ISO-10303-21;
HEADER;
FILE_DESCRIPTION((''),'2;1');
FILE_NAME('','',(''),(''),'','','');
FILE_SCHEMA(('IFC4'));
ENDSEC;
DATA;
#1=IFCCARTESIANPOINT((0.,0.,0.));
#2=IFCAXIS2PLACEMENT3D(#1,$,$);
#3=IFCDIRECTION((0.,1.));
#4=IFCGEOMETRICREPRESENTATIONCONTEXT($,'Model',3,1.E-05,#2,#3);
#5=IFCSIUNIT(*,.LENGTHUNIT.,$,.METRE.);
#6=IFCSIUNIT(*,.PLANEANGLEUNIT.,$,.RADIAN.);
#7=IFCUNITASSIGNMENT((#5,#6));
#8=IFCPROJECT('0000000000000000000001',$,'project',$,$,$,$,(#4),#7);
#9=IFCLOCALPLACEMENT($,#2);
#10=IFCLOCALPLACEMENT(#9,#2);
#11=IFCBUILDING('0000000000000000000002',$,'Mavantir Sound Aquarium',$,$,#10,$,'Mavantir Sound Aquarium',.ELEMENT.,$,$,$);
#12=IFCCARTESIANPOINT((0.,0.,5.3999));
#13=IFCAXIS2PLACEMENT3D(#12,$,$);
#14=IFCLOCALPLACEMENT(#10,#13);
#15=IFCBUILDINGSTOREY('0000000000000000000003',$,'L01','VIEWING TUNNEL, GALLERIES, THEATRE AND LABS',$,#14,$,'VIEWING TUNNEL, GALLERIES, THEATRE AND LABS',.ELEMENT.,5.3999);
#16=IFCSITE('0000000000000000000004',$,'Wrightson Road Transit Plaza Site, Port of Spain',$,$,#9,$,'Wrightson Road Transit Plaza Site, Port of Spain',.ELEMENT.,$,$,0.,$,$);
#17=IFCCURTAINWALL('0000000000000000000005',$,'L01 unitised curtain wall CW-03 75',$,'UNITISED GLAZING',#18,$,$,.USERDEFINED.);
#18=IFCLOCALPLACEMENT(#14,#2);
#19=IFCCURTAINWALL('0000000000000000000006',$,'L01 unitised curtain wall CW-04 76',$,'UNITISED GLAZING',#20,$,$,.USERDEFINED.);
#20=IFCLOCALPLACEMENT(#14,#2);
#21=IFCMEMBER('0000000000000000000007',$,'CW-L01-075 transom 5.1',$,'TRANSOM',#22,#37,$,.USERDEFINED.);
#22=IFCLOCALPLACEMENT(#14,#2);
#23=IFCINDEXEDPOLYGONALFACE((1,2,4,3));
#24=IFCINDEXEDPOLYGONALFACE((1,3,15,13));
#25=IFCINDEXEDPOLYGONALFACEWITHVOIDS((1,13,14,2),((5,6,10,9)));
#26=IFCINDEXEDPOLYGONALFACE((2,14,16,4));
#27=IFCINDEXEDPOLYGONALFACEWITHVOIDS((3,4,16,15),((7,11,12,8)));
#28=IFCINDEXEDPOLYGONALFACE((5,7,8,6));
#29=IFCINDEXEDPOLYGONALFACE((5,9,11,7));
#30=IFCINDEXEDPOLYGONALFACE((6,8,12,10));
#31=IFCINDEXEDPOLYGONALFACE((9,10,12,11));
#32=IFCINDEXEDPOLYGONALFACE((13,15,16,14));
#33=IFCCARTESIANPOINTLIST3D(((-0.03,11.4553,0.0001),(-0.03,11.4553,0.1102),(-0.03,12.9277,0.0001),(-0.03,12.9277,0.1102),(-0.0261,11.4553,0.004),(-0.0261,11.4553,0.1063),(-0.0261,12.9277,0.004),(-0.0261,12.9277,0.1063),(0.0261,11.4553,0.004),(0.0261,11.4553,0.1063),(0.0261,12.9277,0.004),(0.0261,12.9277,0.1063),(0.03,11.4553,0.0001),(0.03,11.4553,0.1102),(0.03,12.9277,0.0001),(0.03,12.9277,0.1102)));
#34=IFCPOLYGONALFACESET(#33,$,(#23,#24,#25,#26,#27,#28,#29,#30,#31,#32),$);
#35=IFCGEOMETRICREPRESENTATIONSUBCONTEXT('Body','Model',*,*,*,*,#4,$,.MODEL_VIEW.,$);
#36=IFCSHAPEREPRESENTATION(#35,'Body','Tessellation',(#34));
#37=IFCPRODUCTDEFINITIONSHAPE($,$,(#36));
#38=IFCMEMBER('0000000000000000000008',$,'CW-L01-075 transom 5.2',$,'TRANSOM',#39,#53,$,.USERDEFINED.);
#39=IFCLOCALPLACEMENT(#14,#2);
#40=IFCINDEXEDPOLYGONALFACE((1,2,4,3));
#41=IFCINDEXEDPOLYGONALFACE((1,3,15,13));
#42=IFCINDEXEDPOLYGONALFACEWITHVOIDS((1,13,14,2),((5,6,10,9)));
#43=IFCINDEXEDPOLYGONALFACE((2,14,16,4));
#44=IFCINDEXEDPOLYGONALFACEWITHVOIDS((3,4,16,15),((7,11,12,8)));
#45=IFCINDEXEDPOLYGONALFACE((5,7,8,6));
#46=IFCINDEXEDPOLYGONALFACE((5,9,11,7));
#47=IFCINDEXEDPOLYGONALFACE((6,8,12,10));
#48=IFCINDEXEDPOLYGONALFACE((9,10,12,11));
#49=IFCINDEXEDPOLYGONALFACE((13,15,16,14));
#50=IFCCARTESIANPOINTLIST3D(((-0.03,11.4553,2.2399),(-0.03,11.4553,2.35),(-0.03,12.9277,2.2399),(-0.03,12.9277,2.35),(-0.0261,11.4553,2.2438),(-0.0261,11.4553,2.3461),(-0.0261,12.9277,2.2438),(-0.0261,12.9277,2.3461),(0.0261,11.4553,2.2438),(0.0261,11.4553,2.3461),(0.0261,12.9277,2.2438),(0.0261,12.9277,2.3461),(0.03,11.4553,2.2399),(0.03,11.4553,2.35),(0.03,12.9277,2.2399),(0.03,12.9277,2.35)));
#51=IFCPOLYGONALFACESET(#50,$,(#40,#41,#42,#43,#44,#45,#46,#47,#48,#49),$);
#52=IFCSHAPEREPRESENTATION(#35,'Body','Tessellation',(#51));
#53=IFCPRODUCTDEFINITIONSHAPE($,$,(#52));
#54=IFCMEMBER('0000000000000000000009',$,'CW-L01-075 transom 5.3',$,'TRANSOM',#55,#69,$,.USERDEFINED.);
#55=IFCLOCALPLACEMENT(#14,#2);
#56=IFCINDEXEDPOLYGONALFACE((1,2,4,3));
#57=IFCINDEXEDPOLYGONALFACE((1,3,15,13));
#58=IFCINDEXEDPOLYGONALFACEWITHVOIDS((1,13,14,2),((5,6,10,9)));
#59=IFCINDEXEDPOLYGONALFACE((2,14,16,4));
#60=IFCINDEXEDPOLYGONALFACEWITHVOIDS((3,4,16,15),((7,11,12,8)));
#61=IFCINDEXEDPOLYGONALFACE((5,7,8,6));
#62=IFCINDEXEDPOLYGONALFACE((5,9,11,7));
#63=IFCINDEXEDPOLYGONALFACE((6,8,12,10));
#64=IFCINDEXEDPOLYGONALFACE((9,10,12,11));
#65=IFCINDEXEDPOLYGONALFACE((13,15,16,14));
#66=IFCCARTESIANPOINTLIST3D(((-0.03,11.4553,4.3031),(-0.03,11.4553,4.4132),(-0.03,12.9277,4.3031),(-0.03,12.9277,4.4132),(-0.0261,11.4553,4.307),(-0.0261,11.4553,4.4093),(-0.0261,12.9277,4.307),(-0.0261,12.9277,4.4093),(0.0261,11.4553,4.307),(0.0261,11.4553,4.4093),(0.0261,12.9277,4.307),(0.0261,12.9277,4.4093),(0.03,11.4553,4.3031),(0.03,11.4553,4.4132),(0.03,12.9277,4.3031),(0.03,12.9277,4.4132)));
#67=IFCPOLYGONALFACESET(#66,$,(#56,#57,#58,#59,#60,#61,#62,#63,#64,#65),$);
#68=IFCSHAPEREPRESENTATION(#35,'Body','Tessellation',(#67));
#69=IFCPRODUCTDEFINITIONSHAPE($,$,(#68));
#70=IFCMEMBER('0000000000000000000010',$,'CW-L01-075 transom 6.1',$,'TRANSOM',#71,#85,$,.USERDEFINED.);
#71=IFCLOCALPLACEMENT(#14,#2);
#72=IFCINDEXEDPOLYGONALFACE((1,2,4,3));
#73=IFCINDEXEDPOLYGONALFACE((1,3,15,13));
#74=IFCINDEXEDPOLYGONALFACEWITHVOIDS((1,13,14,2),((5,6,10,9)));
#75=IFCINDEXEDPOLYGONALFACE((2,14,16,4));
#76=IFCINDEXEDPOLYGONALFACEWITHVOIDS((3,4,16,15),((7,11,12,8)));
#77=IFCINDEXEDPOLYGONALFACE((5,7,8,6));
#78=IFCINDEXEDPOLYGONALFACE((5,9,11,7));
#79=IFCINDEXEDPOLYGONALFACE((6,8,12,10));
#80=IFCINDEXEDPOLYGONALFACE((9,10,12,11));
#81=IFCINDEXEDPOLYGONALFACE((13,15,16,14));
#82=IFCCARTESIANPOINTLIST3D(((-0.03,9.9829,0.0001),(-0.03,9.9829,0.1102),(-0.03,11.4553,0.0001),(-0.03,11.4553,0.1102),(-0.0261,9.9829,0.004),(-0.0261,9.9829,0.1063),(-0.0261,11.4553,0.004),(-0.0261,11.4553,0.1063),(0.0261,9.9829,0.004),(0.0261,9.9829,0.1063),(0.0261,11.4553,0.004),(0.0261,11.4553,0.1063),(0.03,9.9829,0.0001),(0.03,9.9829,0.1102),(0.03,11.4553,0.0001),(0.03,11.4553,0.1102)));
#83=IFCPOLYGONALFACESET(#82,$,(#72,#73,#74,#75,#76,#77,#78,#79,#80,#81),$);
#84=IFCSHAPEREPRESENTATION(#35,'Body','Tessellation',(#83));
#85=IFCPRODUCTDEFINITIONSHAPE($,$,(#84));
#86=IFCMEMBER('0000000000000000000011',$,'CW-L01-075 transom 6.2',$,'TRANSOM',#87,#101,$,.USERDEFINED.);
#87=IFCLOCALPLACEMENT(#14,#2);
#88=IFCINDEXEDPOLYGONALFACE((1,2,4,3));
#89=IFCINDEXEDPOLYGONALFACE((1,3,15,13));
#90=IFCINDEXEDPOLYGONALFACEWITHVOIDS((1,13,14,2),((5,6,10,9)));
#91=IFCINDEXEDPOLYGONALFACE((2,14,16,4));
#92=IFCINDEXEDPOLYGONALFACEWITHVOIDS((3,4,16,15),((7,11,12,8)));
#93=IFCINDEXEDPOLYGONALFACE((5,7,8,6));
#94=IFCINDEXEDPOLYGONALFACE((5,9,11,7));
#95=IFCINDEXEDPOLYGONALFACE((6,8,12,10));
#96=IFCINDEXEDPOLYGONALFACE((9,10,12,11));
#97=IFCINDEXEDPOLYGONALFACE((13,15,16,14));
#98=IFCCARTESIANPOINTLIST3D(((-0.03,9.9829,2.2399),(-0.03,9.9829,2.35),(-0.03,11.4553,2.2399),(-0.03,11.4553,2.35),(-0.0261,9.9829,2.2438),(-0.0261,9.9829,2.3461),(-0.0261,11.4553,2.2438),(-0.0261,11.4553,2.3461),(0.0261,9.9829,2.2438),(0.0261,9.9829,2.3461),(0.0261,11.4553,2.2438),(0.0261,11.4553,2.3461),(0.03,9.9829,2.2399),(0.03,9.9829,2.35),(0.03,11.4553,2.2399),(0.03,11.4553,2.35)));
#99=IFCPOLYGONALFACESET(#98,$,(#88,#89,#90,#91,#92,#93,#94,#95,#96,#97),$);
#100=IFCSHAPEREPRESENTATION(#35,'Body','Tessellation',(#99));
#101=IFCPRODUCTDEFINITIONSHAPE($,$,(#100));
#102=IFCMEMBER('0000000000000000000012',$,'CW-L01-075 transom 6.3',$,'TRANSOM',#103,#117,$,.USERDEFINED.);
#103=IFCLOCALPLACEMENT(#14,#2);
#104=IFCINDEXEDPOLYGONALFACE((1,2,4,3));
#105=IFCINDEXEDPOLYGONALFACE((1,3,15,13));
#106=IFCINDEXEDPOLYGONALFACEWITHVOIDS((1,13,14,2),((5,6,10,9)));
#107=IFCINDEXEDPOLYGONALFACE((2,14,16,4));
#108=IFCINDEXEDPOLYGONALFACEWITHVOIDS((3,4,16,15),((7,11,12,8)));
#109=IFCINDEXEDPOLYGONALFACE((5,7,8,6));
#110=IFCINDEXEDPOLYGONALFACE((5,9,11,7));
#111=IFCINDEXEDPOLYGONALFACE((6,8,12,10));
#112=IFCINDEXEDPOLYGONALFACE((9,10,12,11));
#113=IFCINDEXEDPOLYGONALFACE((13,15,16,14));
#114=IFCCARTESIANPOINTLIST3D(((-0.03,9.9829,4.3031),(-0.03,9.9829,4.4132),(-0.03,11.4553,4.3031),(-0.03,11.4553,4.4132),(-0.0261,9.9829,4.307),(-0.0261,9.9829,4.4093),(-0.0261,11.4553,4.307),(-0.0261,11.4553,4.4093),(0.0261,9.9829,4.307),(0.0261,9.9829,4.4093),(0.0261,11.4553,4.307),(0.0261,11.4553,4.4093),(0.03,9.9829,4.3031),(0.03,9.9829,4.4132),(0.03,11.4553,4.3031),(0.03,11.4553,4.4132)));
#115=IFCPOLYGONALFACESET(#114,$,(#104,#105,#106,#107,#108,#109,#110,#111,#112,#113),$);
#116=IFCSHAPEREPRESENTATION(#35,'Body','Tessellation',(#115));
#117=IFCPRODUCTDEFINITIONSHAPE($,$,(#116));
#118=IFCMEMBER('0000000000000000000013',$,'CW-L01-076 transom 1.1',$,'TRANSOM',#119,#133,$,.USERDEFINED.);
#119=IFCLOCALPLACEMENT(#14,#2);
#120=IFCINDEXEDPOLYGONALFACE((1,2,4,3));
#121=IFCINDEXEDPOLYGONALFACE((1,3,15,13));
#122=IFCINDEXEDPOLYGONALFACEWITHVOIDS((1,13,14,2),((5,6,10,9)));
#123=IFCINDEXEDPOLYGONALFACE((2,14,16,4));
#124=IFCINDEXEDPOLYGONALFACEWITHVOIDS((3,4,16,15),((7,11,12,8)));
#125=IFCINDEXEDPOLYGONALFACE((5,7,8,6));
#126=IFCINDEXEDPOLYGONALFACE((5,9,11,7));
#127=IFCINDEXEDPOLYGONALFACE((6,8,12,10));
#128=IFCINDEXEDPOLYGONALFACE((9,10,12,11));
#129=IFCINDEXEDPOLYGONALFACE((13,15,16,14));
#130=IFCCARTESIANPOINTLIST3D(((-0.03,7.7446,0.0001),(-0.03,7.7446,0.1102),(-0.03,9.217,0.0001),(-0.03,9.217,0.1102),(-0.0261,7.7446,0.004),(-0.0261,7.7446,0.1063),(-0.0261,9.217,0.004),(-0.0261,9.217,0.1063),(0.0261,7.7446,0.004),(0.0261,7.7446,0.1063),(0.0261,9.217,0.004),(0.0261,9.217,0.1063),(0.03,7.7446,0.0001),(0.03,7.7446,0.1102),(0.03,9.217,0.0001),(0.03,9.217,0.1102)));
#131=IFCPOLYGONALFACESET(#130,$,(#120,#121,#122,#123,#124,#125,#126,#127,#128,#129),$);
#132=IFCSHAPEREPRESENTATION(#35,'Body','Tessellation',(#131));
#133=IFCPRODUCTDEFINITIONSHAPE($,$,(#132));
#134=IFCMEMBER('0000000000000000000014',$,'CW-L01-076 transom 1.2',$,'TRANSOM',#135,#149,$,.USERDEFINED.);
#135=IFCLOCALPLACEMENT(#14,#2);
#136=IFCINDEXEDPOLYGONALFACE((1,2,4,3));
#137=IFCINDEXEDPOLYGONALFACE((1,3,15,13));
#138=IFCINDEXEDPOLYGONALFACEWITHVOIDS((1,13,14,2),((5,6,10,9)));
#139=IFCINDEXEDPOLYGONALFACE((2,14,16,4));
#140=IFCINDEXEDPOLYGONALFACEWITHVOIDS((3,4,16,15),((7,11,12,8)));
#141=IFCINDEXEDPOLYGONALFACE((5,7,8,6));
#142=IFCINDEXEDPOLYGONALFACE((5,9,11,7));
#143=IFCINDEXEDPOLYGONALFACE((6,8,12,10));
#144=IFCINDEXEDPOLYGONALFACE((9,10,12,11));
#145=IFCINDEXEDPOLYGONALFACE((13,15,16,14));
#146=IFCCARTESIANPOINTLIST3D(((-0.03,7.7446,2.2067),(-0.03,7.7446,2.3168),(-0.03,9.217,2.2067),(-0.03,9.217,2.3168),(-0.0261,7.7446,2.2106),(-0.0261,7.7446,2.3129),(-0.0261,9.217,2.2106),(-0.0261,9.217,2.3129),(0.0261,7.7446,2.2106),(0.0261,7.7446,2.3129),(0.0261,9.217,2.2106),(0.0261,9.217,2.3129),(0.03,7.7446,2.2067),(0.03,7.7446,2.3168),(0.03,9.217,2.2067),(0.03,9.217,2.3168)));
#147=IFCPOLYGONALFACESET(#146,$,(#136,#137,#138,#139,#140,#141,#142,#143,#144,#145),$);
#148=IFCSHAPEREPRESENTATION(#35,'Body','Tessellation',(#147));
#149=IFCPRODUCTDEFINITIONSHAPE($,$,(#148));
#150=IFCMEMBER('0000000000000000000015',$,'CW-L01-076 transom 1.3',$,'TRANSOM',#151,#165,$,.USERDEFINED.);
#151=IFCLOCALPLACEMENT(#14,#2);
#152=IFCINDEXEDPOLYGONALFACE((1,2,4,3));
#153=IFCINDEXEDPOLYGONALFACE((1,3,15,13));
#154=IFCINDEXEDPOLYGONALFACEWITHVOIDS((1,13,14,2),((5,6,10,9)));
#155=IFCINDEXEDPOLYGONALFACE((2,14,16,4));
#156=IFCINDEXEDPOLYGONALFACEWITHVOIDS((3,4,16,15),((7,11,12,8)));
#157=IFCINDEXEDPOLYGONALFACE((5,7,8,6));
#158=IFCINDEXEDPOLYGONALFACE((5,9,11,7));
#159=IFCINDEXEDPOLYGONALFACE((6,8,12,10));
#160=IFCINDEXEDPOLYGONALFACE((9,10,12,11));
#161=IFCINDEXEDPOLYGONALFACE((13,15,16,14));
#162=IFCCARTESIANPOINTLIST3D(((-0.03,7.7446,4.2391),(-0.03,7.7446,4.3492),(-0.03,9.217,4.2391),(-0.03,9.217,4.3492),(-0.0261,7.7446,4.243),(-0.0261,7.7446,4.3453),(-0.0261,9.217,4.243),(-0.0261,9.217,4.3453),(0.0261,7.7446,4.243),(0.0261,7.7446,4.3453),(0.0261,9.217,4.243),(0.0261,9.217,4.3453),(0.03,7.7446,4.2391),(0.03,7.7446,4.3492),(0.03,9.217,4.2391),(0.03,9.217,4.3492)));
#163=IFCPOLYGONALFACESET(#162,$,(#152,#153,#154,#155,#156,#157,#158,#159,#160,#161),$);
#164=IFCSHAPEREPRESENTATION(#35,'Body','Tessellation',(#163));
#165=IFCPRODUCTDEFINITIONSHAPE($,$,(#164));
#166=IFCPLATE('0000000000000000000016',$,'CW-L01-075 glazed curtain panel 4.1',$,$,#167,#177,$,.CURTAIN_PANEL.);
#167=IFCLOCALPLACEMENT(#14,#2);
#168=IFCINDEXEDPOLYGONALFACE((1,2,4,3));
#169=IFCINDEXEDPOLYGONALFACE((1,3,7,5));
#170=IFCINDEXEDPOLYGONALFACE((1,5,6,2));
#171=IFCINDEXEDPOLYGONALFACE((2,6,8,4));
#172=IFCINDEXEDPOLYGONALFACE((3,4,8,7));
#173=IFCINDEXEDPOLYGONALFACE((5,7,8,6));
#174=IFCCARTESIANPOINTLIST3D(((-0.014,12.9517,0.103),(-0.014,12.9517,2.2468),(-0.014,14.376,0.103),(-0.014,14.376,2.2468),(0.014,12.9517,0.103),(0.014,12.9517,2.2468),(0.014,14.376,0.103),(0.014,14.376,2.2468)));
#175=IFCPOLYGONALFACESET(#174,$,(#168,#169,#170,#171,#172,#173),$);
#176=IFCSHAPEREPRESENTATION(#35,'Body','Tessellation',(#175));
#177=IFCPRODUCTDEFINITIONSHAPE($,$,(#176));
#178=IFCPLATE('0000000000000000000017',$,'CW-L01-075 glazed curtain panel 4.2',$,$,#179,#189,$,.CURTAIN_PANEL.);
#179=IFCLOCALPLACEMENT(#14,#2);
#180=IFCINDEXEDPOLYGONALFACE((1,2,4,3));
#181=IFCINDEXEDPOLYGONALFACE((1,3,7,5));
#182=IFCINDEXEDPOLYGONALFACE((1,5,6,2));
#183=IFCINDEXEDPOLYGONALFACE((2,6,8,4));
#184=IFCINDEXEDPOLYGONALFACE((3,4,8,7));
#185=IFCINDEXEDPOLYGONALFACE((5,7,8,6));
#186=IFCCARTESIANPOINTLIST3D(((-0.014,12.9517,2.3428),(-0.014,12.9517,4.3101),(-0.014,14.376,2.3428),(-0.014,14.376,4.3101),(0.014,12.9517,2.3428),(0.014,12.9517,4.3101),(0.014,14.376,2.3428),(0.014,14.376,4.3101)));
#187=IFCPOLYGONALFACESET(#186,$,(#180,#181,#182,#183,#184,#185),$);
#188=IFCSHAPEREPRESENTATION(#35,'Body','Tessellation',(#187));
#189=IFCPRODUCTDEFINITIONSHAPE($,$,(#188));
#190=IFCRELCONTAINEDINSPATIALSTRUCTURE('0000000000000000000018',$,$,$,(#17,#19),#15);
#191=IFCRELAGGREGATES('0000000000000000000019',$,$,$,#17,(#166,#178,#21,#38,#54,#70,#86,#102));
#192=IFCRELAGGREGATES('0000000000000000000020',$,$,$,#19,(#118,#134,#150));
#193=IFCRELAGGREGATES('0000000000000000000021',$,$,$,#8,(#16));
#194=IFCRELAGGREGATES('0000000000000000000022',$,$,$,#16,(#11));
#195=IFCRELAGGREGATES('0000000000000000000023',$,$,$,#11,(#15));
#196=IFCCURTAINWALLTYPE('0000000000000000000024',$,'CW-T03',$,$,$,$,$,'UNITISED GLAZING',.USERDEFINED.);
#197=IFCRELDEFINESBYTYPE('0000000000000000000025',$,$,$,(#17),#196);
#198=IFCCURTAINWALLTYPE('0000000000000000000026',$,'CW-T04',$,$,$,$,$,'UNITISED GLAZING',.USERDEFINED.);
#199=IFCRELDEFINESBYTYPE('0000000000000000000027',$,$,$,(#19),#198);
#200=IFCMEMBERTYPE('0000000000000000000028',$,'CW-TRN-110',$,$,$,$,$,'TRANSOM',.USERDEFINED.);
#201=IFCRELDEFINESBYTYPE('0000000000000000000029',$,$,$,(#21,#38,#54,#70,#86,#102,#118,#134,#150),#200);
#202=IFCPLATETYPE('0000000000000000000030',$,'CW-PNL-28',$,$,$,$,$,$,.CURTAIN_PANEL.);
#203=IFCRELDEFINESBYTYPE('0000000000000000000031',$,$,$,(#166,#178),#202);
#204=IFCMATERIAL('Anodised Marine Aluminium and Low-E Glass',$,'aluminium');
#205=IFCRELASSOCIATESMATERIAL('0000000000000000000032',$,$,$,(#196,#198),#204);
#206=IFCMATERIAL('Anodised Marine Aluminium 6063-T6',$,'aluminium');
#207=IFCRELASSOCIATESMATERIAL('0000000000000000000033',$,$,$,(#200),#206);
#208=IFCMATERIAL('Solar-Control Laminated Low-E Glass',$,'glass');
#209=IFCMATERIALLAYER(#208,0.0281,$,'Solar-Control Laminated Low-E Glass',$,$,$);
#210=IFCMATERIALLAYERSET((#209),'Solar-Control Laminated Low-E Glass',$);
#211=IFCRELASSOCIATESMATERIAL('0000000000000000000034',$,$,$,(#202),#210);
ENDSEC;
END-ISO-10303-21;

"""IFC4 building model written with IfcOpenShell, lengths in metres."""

from ifc_helpers import new_model, si_unit, direction, frame, origin, origin_2d, place, context, subcontext, project, spatial, rectangle, hollow_rectangle, extrude, material, layer, layer_set, material_profile, profile_set, type_object, element, aggregate, save


model = new_model("IFC4")

# Units and contexts
model_context = context("Model", 3, precision=1e-05, world=origin(), true_north=direction((0.0, 1.0)))
body_context = subcontext(model_context, "Body", "Model", "MODEL_VIEW")
ifc_project = project(units=[si_unit("LENGTHUNIT", "METRE"), si_unit("PLANEANGLEUNIT", "RADIAN")], contexts=[model_context])

# Site, building, storey
site_placement = place(None, origin())
site = spatial("IfcSite", under=ifc_project, at=site_placement, Name="Wrightson Road Transit Plaza Site, Port of Spain", LongName="Wrightson Road Transit Plaza Site, Port of Spain", CompositionType="ELEMENT", RefElevation=0.0)
building_placement = place(site_placement, origin())
building = spatial("IfcBuilding", under=site, at=building_placement, Name="Mavantir Sound Aquarium", LongName="Mavantir Sound Aquarium", CompositionType="ELEMENT")
storey_placement = place(building_placement, frame((0.0, 0.0, 5.3999)))
storey = spatial("IfcBuildingStorey", under=building, at=storey_placement, Name="L01", Description="VIEWING TUNNEL, GALLERIES, THEATRE AND LABS", LongName="VIEWING TUNNEL, GALLERIES, THEATRE AND LABS", CompositionType="ELEMENT", Elevation=5.3999)

# Curtain wall
ifc_material_1 = material(Name="Anodised Marine Aluminium and Low-E Glass", Category="aluminium")
curtain_wall_type_1 = type_object("IfcCurtainWallType", Name="CW-T03", ElementType="UNITISED GLAZING", PredefinedType="USERDEFINED", material=ifc_material_1)
curtain_wall_1_placement = place(storey_placement, origin())
curtain_wall_1 = element("IfcCurtainWall", 1, at=curtain_wall_1_placement, inside=storey, type_object=curtain_wall_type_1, Name="L01 unitised curtain wall CW-03 75", ObjectType="UNITISED GLAZING", PredefinedType="USERDEFINED")
ifc_material_2 = material(Name="Anodised Marine Aluminium 6063-T6", Category="aluminium")

# Curtain wall
curtain_wall_type_2 = type_object("IfcCurtainWallType", Name="CW-T04", ElementType="UNITISED GLAZING", PredefinedType="USERDEFINED", material=ifc_material_1)
curtain_wall_2_placement = place(storey_placement, origin())
curtain_wall_2 = element("IfcCurtainWall", 2, at=curtain_wall_2_placement, inside=storey, type_object=curtain_wall_type_2, Name="L01 unitised curtain wall CW-04 76", ObjectType="UNITISED GLAZING", PredefinedType="USERDEFINED")

# Members
ifc_material_profile_1 = material_profile(ifc_material_2, hollow_rectangle(XDim=0.0601, YDim=0.1101, WallThickness=0.0039, at=origin_2d()), Name="ALU-TRANSOM-110X60")
ifc_profile_set_1 = profile_set([ifc_material_profile_1], Name="Anodised Marine Aluminium 6063-T6")
member_type_1 = type_object("IfcMemberType", Name="CW-TRN-110", ElementType="TRANSOM", PredefinedType="USERDEFINED", material=ifc_profile_set_1)
member_1_placement = place(storey_placement, frame((0.0, 12.9277, 0.0552), z_axis=(0.0, -1.0, 0.0), x_axis=(1.0, 0.0, 0.0)))
member_1 = element("IfcMember", 3, at=member_1_placement, type_object=member_type_1, Name="CW-L01-075 transom 5.1", ObjectType="TRANSOM", PredefinedType="USERDEFINED", context=body_context, shape_type="SweptSolid", body=[
    extrude(hollow_rectangle(XDim=0.0601, YDim=0.1101, WallThickness=0.0039, at=origin_2d()), origin(), (0.0, 0.0, 1.0), 1.4724),
])
member_2_placement = place(storey_placement, frame((0.0, 12.9277, 2.2949), z_axis=(0.0, -1.0, 0.0), x_axis=(1.0, 0.0, 0.0)))
member_2 = element("IfcMember", 4, at=member_2_placement, type_object=member_type_1, Name="CW-L01-075 transom 5.2", ObjectType="TRANSOM", PredefinedType="USERDEFINED", context=body_context, shape_type="SweptSolid", body=[
    extrude(hollow_rectangle(XDim=0.0601, YDim=0.1101, WallThickness=0.0039, at=origin_2d()), origin(), (0.0, 0.0, 1.0), 1.4724),
])
member_3_placement = place(storey_placement, frame((0.0, 12.9277, 4.3582), z_axis=(0.0, -1.0, 0.0), x_axis=(1.0, 0.0, 0.0)))
member_3 = element("IfcMember", 5, at=member_3_placement, type_object=member_type_1, Name="CW-L01-075 transom 5.3", ObjectType="TRANSOM", PredefinedType="USERDEFINED", context=body_context, shape_type="SweptSolid", body=[
    extrude(hollow_rectangle(XDim=0.0601, YDim=0.1101, WallThickness=0.0039, at=origin_2d()), origin(), (0.0, 0.0, 1.0), 1.4724),
])
member_4_placement = place(storey_placement, frame((0.0, 11.4553, 0.0552), z_axis=(0.0, -1.0, 0.0), x_axis=(1.0, 0.0, 0.0)))
member_4 = element("IfcMember", 6, at=member_4_placement, type_object=member_type_1, Name="CW-L01-075 transom 6.1", ObjectType="TRANSOM", PredefinedType="USERDEFINED", context=body_context, shape_type="SweptSolid", body=[
    extrude(hollow_rectangle(XDim=0.0601, YDim=0.1101, WallThickness=0.0039, at=origin_2d()), origin(), (0.0, 0.0, 1.0), 1.4724),
])
member_5_placement = place(storey_placement, frame((0.0, 11.4553, 2.2949), z_axis=(0.0, -1.0, 0.0), x_axis=(1.0, 0.0, 0.0)))
member_5 = element("IfcMember", 7, at=member_5_placement, type_object=member_type_1, Name="CW-L01-075 transom 6.2", ObjectType="TRANSOM", PredefinedType="USERDEFINED", context=body_context, shape_type="SweptSolid", body=[
    extrude(hollow_rectangle(XDim=0.0601, YDim=0.1101, WallThickness=0.0039, at=origin_2d()), origin(), (0.0, 0.0, 1.0), 1.4724),
])
member_6_placement = place(storey_placement, frame((0.0, 11.4553, 4.3582), z_axis=(0.0, -1.0, 0.0), x_axis=(1.0, 0.0, 0.0)))
member_6 = element("IfcMember", 8, at=member_6_placement, type_object=member_type_1, Name="CW-L01-075 transom 6.3", ObjectType="TRANSOM", PredefinedType="USERDEFINED", context=body_context, shape_type="SweptSolid", body=[
    extrude(hollow_rectangle(XDim=0.0601, YDim=0.1101, WallThickness=0.0039, at=origin_2d()), origin(), (0.0, 0.0, 1.0), 1.4724),
])
member_7_placement = place(storey_placement, frame((0.0, 9.217, 0.0552), z_axis=(0.0, -1.0, 0.0), x_axis=(1.0, 0.0, 0.0)))
member_7 = element("IfcMember", 9, at=member_7_placement, type_object=member_type_1, Name="CW-L01-076 transom 1.1", ObjectType="TRANSOM", PredefinedType="USERDEFINED", context=body_context, shape_type="SweptSolid", body=[
    extrude(hollow_rectangle(XDim=0.0601, YDim=0.1101, WallThickness=0.0039, at=origin_2d()), origin(), (0.0, 0.0, 1.0), 1.4724),
])
member_8_placement = place(storey_placement, frame((0.0, 9.217, 2.2617), z_axis=(0.0, -1.0, 0.0), x_axis=(1.0, 0.0, 0.0)))
member_8 = element("IfcMember", 10, at=member_8_placement, type_object=member_type_1, Name="CW-L01-076 transom 1.2", ObjectType="TRANSOM", PredefinedType="USERDEFINED", context=body_context, shape_type="SweptSolid", body=[
    extrude(hollow_rectangle(XDim=0.0601, YDim=0.1101, WallThickness=0.0039, at=origin_2d()), origin(), (0.0, 0.0, 1.0), 1.4724),
])
member_9_placement = place(storey_placement, frame((0.0, 9.217, 4.2942), z_axis=(0.0, -1.0, 0.0), x_axis=(1.0, 0.0, 0.0)))
member_9 = element("IfcMember", 11, at=member_9_placement, type_object=member_type_1, Name="CW-L01-076 transom 1.3", ObjectType="TRANSOM", PredefinedType="USERDEFINED", context=body_context, shape_type="SweptSolid", body=[
    extrude(hollow_rectangle(XDim=0.0601, YDim=0.1101, WallThickness=0.0039, at=origin_2d()), origin(), (0.0, 0.0, 1.0), 1.4724),
])

# Plates
ifc_material_3 = material(Name="Solar-Control Laminated Low-E Glass", Category="glass")
ifc_layer_1 = layer(ifc_material_3, 0.0281, Name="Solar-Control Laminated Low-E Glass")
ifc_layer_set_1 = layer_set([ifc_layer_1], Name="Solar-Control Laminated Low-E Glass")
plate_type_1 = type_object("IfcPlateType", Name="CW-PNL-28", PredefinedType="CURTAIN_PANEL", material=ifc_layer_set_1)
plate_1_placement = place(storey_placement, frame((0.0, 13.6638, 0.103), z_axis=(0.0, 0.0, 1.0), x_axis=(0.0, -1.0, 0.0)))
plate_1 = element("IfcPlate", 12, at=plate_1_placement, type_object=plate_type_1, Name="CW-L01-075 glazed curtain panel 4.1", PredefinedType="CURTAIN_PANEL", context=body_context, shape_type="SweptSolid", body=[
    extrude(rectangle(XDim=1.4243, YDim=0.0281, at=origin_2d()), origin(), (0.0, 0.0, 1.0), 2.1438),
])
plate_2_placement = place(storey_placement, frame((0.0, 13.6638, 2.3428), z_axis=(0.0, 0.0, 1.0), x_axis=(0.0, -1.0, 0.0)))
plate_2 = element("IfcPlate", 13, at=plate_2_placement, type_object=plate_type_1, Name="CW-L01-075 glazed curtain panel 4.2", PredefinedType="CURTAIN_PANEL", context=body_context, shape_type="SweptSolid", body=[
    extrude(rectangle(XDim=1.4243, YDim=0.0281, at=origin_2d()), origin(), (0.0, 0.0, 1.0), 1.9673),
])
aggregate(curtain_wall_1, [plate_1, plate_2, member_1, member_2, member_3, member_4, member_5, member_6])
aggregate(curtain_wall_2, [member_7, member_8, member_9])

save(model, "model.ifc")
